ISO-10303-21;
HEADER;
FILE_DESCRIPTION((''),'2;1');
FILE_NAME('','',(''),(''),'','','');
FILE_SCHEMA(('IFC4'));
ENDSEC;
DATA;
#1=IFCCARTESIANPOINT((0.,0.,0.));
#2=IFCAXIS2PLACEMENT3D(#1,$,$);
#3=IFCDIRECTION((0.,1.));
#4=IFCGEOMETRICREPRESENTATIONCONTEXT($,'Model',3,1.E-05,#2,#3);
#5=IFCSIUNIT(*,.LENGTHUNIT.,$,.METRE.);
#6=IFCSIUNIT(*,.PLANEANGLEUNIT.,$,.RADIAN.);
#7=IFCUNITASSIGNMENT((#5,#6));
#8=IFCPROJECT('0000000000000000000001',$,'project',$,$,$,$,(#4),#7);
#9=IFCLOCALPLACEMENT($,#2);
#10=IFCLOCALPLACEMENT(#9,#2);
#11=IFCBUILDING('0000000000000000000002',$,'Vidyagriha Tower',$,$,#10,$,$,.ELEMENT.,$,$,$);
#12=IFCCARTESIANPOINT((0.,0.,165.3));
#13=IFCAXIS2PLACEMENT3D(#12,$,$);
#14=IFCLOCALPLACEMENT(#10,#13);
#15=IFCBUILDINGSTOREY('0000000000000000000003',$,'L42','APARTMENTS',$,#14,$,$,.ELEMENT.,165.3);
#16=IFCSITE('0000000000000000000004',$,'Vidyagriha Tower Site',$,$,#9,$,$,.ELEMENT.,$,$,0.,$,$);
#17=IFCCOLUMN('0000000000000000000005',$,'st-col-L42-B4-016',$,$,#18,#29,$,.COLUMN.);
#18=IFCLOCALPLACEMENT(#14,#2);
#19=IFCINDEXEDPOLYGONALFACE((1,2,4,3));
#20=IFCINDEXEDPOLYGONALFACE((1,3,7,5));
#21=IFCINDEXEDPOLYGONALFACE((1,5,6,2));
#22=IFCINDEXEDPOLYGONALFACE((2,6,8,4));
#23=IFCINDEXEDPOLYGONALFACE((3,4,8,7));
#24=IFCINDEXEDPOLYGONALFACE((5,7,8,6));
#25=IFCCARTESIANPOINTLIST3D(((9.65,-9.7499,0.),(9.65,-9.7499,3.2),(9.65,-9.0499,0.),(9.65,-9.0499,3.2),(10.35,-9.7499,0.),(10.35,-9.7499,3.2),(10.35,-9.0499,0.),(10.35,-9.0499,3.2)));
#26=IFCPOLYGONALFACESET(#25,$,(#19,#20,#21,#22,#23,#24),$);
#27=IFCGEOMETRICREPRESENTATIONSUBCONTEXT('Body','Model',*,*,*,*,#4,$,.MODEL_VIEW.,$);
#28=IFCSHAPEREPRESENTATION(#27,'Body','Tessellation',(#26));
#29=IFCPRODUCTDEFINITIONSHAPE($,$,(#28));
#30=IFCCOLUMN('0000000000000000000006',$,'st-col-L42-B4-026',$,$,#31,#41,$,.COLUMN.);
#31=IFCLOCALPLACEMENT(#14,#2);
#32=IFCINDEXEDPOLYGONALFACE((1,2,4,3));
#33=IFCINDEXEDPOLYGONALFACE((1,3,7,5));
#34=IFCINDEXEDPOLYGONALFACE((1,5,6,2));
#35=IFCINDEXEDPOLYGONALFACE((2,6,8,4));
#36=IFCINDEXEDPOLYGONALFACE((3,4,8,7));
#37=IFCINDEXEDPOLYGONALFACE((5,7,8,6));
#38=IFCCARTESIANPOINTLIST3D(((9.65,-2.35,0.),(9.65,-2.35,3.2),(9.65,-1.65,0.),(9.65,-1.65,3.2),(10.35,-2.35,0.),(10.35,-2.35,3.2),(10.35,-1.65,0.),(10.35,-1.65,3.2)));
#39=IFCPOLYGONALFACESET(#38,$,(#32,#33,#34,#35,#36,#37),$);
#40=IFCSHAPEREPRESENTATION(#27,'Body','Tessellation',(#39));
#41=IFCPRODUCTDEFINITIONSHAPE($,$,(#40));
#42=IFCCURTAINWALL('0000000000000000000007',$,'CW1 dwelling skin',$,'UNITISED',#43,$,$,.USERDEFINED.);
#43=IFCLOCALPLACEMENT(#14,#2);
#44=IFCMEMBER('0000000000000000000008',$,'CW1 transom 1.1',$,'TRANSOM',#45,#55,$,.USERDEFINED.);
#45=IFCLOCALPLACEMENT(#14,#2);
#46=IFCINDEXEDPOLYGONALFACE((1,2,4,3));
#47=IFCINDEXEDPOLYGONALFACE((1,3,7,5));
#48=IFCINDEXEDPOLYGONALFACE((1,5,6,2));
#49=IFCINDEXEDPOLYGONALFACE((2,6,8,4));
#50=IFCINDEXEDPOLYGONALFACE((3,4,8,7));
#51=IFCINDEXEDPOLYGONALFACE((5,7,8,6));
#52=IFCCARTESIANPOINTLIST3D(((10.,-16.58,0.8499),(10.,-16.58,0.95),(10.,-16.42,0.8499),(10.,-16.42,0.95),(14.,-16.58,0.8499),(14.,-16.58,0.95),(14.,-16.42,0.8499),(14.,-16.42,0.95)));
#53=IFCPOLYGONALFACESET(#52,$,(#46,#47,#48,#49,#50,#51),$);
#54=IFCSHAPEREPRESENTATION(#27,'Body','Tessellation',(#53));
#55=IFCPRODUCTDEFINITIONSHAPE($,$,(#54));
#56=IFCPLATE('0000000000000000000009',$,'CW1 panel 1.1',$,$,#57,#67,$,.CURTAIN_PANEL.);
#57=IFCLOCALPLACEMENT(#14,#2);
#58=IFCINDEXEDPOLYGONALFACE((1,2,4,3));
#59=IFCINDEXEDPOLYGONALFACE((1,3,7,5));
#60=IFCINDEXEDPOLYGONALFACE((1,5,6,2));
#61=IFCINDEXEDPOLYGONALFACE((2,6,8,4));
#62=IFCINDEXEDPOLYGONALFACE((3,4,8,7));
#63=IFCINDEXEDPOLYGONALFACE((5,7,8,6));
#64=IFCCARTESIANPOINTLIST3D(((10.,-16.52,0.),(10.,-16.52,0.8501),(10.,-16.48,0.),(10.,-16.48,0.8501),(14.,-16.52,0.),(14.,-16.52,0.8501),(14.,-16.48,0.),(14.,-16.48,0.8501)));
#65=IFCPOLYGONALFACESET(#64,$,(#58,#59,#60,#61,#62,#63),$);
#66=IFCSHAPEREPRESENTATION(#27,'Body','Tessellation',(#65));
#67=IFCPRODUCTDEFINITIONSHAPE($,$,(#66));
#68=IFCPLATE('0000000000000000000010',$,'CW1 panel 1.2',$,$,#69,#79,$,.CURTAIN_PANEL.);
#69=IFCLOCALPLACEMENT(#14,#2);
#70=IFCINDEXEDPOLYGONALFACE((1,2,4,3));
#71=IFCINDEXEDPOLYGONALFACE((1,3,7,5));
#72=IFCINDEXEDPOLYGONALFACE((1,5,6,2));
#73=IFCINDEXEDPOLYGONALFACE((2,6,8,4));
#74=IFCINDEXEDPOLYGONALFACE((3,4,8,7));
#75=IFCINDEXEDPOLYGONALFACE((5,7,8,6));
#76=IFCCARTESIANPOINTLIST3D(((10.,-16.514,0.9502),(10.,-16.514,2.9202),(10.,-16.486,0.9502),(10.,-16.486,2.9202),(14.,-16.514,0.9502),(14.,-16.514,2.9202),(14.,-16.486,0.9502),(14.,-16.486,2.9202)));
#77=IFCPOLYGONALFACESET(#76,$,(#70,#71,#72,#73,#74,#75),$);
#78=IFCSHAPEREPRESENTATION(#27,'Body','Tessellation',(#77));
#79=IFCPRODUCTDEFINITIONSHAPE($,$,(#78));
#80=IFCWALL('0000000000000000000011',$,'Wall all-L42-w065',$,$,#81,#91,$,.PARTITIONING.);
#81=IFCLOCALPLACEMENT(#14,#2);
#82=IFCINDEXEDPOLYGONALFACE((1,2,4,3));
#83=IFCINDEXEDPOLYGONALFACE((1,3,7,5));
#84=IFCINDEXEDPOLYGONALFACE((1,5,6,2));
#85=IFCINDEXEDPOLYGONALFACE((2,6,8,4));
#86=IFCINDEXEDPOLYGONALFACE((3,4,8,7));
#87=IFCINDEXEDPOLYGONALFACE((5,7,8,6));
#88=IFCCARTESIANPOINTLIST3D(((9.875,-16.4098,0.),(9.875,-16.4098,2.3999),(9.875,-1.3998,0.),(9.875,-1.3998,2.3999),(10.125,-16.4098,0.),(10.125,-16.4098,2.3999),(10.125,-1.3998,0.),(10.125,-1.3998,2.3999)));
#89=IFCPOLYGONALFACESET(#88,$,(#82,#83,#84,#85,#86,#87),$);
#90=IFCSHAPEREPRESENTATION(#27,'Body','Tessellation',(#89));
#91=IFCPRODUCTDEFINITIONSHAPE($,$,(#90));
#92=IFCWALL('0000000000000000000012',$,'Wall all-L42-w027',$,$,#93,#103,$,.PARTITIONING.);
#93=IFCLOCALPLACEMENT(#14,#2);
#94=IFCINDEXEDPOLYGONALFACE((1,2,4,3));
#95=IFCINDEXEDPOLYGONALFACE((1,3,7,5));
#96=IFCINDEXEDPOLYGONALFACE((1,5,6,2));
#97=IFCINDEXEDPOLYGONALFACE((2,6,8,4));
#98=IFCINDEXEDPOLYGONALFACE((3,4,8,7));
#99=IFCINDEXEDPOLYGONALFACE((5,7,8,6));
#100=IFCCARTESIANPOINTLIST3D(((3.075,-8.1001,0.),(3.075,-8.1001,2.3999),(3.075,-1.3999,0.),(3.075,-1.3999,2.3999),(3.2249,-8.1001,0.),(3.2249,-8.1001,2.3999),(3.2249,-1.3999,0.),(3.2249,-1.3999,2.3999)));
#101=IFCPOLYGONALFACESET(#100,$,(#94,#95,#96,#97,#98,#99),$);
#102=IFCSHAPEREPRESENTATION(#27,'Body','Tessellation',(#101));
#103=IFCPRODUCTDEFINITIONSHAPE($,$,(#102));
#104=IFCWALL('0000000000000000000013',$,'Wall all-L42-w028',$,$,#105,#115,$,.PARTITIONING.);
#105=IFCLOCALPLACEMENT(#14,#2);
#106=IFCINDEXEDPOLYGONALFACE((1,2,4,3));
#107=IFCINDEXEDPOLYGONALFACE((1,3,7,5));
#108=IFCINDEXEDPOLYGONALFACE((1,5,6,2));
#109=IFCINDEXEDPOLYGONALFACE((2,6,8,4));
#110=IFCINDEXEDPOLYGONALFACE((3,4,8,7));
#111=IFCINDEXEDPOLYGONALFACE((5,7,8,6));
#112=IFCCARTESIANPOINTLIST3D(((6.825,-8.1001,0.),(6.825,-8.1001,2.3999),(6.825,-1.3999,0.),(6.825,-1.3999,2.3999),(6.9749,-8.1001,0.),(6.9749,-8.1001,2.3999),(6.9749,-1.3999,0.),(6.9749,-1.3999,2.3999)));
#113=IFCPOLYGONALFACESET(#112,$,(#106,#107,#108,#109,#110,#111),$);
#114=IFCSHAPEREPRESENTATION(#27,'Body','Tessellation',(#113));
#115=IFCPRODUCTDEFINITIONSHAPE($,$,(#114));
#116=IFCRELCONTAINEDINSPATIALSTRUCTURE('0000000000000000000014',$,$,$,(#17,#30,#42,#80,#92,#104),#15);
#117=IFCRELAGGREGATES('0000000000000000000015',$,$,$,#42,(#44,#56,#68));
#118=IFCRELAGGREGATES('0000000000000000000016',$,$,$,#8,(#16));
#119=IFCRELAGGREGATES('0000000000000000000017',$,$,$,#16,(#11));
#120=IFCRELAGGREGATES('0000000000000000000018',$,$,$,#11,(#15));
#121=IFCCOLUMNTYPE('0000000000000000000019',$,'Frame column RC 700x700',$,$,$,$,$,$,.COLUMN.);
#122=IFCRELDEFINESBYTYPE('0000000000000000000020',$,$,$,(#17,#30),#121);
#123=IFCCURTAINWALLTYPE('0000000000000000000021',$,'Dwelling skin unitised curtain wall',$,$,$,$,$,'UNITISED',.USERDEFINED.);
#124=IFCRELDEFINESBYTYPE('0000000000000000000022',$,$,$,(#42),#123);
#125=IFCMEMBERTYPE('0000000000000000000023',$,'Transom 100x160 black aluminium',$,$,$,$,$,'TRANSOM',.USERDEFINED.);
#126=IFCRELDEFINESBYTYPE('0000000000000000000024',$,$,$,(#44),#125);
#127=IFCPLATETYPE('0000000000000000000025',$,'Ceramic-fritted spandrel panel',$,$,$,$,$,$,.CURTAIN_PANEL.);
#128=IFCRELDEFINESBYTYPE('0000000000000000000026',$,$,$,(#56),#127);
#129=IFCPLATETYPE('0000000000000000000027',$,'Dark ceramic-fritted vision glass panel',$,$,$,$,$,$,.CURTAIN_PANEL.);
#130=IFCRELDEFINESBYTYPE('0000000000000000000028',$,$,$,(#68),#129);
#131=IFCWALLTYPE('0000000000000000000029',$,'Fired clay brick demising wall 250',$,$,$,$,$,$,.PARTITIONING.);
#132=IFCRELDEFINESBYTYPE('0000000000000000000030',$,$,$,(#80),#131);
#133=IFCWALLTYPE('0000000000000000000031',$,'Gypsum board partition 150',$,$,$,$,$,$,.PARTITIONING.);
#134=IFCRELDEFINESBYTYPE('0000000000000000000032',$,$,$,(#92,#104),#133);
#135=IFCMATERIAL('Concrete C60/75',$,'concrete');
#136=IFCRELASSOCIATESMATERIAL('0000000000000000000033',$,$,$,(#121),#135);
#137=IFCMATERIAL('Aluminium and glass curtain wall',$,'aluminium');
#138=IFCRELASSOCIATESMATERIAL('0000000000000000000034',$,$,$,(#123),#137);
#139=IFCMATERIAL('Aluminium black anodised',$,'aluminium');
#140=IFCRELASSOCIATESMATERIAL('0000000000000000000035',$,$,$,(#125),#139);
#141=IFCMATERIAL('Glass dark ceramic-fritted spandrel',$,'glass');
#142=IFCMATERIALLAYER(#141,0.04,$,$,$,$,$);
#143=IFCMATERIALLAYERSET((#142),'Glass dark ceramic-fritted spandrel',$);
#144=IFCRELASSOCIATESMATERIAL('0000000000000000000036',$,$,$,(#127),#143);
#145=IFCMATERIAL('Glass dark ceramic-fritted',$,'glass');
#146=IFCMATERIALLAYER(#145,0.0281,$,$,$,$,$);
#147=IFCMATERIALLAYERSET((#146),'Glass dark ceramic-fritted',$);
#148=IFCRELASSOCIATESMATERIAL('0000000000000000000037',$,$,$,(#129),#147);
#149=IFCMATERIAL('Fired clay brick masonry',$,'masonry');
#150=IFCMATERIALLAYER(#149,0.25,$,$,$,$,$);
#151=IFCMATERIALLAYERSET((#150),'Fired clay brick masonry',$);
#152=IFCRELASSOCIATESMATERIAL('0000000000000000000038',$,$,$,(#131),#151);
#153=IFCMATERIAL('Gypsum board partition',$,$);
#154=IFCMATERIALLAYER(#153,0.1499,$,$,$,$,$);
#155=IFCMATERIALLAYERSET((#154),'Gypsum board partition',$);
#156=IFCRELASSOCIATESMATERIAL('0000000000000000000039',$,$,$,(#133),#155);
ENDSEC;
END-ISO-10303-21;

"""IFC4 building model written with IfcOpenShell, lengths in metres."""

from ifc_helpers import new_model, si_unit, direction, frame, frame_2d, origin, origin_2d, place, context, subcontext, project, spatial, rectangle, extrude, material, layer, layer_set, material_profile, profile_set, type_object, element, aggregate, save


model = new_model("IFC4")

# Units and contexts
model_context = context("Model", 3, precision=1e-05, world=origin(), true_north=direction((0.0, 1.0)))
body_context = subcontext(model_context, "Body", "Model", "MODEL_VIEW")
ifc_project = project(units=[si_unit("LENGTHUNIT", "METRE"), si_unit("PLANEANGLEUNIT", "RADIAN")], contexts=[model_context])

# Site, building, storey
site_placement = place(None, origin())
site = spatial("IfcSite", under=ifc_project, at=site_placement, Name="Vidyagriha Tower Site", CompositionType="ELEMENT", RefElevation=0.0)
building_placement = place(site_placement, origin())
building = spatial("IfcBuilding", under=site, at=building_placement, Name="Vidyagriha Tower", CompositionType="ELEMENT")
storey_placement = place(building_placement, frame((0.0, 0.0, 165.3)))
storey = spatial("IfcBuildingStorey", under=building, at=storey_placement, Name="L42", Description="APARTMENTS", CompositionType="ELEMENT", Elevation=165.3)

# Columns
ifc_material_1 = material(Name="Concrete C60/75", Category="concrete")
ifc_material_profile_1 = material_profile(ifc_material_1, rectangle(XDim=0.7, YDim=0.7, at=origin_2d()), Name="RC 700x700")
ifc_profile_set_1 = profile_set([ifc_material_profile_1], Name="Concrete C60/75")
column_type = type_object("IfcColumnType", Name="Frame column RC 700x700", PredefinedType="COLUMN", material=ifc_profile_set_1)
for number, where, name in (
    (1, (10.0, -9.3999, 0.0), "st-col-L42-B4-016"),
    (2, (10.0, -2.0, 0.0), "st-col-L42-B4-026"),
):
    element("IfcColumn", number, at=place(storey_placement, frame(where)), inside=storey, type_object=column_type, Name=name, PredefinedType="COLUMN", context=body_context, shape_type="SweptSolid", body=[
        extrude(rectangle(XDim=0.7, YDim=0.7, at=origin_2d()), origin(), (0.0, 0.0, 1.0), 3.2),
    ])

# Curtain wall, member, plates
ifc_material_2 = material(Name="Aluminium and glass curtain wall", Category="aluminium")
curtain_wall_type = type_object("IfcCurtainWallType", Name="Dwelling skin unitised curtain wall", ElementType="UNITISED", PredefinedType="USERDEFINED", material=ifc_material_2)
curtain_wall_placement = place(storey_placement, origin())
curtain_wall = element("IfcCurtainWall", 3, at=curtain_wall_placement, inside=storey, type_object=curtain_wall_type, Name="CW1 dwelling skin", ObjectType="UNITISED", PredefinedType="USERDEFINED")
ifc_material_3 = material(Name="Aluminium black anodised", Category="aluminium")
ifc_material_profile_2 = material_profile(ifc_material_3, rectangle(XDim=0.1599, YDim=0.1001, at=origin_2d()), Name="Transom 100x160 black aluminium")
ifc_profile_set_2 = profile_set([ifc_material_profile_2], Name="Aluminium black anodised")
member_type = type_object("IfcMemberType", Name="Transom 100x160 black aluminium", ElementType="TRANSOM", PredefinedType="USERDEFINED", material=ifc_profile_set_2)
member_placement = place(storey_placement, frame((10.0, -16.5, 0.8999), z_axis=(1.0, 0.0, 0.0), x_axis=(0.0, 1.0, 0.0)))
member = element("IfcMember", 4, at=member_placement, type_object=member_type, Name="CW1 transom 1.1", ObjectType="TRANSOM", PredefinedType="USERDEFINED", context=body_context, shape_type="SweptSolid", body=[
    extrude(rectangle(XDim=0.1599, YDim=0.1001, at=origin_2d()), origin(), (0.0, 0.0, 1.0), 4.0),
])
ifc_material_4 = material(Name="Glass dark ceramic-fritted spandrel", Category="glass")
ifc_layer_1 = layer(ifc_material_4, 0.04)
ifc_layer_set_1 = layer_set([ifc_layer_1], Name="Glass dark ceramic-fritted spandrel")
plate_type_1 = type_object("IfcPlateType", Name="Ceramic-fritted spandrel panel", PredefinedType="CURTAIN_PANEL", material=ifc_layer_set_1)
plate_1_placement = place(storey_placement, frame((12.0, -16.5, 0.0)))
plate_1 = element("IfcPlate", 5, at=plate_1_placement, type_object=plate_type_1, Name="CW1 panel 1.1", PredefinedType="CURTAIN_PANEL", context=body_context, shape_type="SweptSolid", body=[
    extrude(rectangle(XDim=4.0, YDim=0.04, at=origin_2d()), origin(), (0.0, 0.0, 1.0), 0.8501),
])
ifc_material_5 = material(Name="Glass dark ceramic-fritted", Category="glass")
ifc_layer_2 = layer(ifc_material_5, 0.0281)
ifc_layer_set_2 = layer_set([ifc_layer_2], Name="Glass dark ceramic-fritted")
plate_type_2 = type_object("IfcPlateType", Name="Dark ceramic-fritted vision glass panel", PredefinedType="CURTAIN_PANEL", material=ifc_layer_set_2)
plate_2_placement = place(storey_placement, frame((12.0, -16.5, 0.9502)))
plate_2 = element("IfcPlate", 6, at=plate_2_placement, type_object=plate_type_2, Name="CW1 panel 1.2", PredefinedType="CURTAIN_PANEL", context=body_context, shape_type="SweptSolid", body=[
    extrude(rectangle(XDim=4.0, YDim=0.0281, at=origin_2d()), origin(), (0.0, 0.0, 1.0), 1.97),
])
aggregate(curtain_wall, [member, plate_1, plate_2])

# Walls
ifc_material_6 = material(Name="Fired clay brick masonry", Category="masonry")
ifc_layer_3 = layer(ifc_material_6, 0.25)
ifc_layer_set_3 = layer_set([ifc_layer_3], Name="Fired clay brick masonry")
wall_type_1 = type_object("IfcWallType", Name="Fired clay brick demising wall 250", PredefinedType="PARTITIONING", material=ifc_layer_set_3)
wall_1_placement = place(storey_placement, frame((10.0, -1.3999, 0.0), z_axis=(0.0, 0.0, 1.0), x_axis=(0.0, -1.0, 0.0)))
element("IfcWall", 7, at=wall_1_placement, inside=storey, type_object=wall_type_1, Name="Wall all-L42-w065", PredefinedType="PARTITIONING", context=body_context, shape_type="SweptSolid", body=[
    extrude(rectangle(XDim=15.01, YDim=0.25, at=frame_2d((7.5049, 0.0))), origin(), (0.0, 0.0, 1.0), 2.3999),
])
ifc_material_7 = material(Name="Gypsum board partition")
ifc_layer_4 = layer(ifc_material_7, 0.1499)
ifc_layer_set_4 = layer_set([ifc_layer_4], Name="Gypsum board partition")
wall_type_2 = type_object("IfcWallType", Name="Gypsum board partition 150", PredefinedType="PARTITIONING", material=ifc_layer_set_4)
for number, where, z_axis, x_axis, name in (
    (8, (3.1499, -1.3999, 0.0), (0.0, 0.0, 1.0), (0.0, -1.0, 0.0), "Wall all-L42-w027"),
    (9, (6.8999, -1.3999, 0.0), (0.0, 0.0, 1.0), (0.0, -1.0, 0.0), "Wall all-L42-w028"),
):
    element("IfcWall", number, at=place(storey_placement, frame(where, z_axis=z_axis, x_axis=x_axis)), inside=storey, type_object=wall_type_2, Name=name, PredefinedType="PARTITIONING", context=body_context, shape_type="SweptSolid", body=[
        extrude(rectangle(XDim=6.7002, YDim=0.1499, at=frame_2d((3.3501, 0.0))), origin(), (0.0, 0.0, 1.0), 2.3999),
    ])

save(model, "model.ifc")
